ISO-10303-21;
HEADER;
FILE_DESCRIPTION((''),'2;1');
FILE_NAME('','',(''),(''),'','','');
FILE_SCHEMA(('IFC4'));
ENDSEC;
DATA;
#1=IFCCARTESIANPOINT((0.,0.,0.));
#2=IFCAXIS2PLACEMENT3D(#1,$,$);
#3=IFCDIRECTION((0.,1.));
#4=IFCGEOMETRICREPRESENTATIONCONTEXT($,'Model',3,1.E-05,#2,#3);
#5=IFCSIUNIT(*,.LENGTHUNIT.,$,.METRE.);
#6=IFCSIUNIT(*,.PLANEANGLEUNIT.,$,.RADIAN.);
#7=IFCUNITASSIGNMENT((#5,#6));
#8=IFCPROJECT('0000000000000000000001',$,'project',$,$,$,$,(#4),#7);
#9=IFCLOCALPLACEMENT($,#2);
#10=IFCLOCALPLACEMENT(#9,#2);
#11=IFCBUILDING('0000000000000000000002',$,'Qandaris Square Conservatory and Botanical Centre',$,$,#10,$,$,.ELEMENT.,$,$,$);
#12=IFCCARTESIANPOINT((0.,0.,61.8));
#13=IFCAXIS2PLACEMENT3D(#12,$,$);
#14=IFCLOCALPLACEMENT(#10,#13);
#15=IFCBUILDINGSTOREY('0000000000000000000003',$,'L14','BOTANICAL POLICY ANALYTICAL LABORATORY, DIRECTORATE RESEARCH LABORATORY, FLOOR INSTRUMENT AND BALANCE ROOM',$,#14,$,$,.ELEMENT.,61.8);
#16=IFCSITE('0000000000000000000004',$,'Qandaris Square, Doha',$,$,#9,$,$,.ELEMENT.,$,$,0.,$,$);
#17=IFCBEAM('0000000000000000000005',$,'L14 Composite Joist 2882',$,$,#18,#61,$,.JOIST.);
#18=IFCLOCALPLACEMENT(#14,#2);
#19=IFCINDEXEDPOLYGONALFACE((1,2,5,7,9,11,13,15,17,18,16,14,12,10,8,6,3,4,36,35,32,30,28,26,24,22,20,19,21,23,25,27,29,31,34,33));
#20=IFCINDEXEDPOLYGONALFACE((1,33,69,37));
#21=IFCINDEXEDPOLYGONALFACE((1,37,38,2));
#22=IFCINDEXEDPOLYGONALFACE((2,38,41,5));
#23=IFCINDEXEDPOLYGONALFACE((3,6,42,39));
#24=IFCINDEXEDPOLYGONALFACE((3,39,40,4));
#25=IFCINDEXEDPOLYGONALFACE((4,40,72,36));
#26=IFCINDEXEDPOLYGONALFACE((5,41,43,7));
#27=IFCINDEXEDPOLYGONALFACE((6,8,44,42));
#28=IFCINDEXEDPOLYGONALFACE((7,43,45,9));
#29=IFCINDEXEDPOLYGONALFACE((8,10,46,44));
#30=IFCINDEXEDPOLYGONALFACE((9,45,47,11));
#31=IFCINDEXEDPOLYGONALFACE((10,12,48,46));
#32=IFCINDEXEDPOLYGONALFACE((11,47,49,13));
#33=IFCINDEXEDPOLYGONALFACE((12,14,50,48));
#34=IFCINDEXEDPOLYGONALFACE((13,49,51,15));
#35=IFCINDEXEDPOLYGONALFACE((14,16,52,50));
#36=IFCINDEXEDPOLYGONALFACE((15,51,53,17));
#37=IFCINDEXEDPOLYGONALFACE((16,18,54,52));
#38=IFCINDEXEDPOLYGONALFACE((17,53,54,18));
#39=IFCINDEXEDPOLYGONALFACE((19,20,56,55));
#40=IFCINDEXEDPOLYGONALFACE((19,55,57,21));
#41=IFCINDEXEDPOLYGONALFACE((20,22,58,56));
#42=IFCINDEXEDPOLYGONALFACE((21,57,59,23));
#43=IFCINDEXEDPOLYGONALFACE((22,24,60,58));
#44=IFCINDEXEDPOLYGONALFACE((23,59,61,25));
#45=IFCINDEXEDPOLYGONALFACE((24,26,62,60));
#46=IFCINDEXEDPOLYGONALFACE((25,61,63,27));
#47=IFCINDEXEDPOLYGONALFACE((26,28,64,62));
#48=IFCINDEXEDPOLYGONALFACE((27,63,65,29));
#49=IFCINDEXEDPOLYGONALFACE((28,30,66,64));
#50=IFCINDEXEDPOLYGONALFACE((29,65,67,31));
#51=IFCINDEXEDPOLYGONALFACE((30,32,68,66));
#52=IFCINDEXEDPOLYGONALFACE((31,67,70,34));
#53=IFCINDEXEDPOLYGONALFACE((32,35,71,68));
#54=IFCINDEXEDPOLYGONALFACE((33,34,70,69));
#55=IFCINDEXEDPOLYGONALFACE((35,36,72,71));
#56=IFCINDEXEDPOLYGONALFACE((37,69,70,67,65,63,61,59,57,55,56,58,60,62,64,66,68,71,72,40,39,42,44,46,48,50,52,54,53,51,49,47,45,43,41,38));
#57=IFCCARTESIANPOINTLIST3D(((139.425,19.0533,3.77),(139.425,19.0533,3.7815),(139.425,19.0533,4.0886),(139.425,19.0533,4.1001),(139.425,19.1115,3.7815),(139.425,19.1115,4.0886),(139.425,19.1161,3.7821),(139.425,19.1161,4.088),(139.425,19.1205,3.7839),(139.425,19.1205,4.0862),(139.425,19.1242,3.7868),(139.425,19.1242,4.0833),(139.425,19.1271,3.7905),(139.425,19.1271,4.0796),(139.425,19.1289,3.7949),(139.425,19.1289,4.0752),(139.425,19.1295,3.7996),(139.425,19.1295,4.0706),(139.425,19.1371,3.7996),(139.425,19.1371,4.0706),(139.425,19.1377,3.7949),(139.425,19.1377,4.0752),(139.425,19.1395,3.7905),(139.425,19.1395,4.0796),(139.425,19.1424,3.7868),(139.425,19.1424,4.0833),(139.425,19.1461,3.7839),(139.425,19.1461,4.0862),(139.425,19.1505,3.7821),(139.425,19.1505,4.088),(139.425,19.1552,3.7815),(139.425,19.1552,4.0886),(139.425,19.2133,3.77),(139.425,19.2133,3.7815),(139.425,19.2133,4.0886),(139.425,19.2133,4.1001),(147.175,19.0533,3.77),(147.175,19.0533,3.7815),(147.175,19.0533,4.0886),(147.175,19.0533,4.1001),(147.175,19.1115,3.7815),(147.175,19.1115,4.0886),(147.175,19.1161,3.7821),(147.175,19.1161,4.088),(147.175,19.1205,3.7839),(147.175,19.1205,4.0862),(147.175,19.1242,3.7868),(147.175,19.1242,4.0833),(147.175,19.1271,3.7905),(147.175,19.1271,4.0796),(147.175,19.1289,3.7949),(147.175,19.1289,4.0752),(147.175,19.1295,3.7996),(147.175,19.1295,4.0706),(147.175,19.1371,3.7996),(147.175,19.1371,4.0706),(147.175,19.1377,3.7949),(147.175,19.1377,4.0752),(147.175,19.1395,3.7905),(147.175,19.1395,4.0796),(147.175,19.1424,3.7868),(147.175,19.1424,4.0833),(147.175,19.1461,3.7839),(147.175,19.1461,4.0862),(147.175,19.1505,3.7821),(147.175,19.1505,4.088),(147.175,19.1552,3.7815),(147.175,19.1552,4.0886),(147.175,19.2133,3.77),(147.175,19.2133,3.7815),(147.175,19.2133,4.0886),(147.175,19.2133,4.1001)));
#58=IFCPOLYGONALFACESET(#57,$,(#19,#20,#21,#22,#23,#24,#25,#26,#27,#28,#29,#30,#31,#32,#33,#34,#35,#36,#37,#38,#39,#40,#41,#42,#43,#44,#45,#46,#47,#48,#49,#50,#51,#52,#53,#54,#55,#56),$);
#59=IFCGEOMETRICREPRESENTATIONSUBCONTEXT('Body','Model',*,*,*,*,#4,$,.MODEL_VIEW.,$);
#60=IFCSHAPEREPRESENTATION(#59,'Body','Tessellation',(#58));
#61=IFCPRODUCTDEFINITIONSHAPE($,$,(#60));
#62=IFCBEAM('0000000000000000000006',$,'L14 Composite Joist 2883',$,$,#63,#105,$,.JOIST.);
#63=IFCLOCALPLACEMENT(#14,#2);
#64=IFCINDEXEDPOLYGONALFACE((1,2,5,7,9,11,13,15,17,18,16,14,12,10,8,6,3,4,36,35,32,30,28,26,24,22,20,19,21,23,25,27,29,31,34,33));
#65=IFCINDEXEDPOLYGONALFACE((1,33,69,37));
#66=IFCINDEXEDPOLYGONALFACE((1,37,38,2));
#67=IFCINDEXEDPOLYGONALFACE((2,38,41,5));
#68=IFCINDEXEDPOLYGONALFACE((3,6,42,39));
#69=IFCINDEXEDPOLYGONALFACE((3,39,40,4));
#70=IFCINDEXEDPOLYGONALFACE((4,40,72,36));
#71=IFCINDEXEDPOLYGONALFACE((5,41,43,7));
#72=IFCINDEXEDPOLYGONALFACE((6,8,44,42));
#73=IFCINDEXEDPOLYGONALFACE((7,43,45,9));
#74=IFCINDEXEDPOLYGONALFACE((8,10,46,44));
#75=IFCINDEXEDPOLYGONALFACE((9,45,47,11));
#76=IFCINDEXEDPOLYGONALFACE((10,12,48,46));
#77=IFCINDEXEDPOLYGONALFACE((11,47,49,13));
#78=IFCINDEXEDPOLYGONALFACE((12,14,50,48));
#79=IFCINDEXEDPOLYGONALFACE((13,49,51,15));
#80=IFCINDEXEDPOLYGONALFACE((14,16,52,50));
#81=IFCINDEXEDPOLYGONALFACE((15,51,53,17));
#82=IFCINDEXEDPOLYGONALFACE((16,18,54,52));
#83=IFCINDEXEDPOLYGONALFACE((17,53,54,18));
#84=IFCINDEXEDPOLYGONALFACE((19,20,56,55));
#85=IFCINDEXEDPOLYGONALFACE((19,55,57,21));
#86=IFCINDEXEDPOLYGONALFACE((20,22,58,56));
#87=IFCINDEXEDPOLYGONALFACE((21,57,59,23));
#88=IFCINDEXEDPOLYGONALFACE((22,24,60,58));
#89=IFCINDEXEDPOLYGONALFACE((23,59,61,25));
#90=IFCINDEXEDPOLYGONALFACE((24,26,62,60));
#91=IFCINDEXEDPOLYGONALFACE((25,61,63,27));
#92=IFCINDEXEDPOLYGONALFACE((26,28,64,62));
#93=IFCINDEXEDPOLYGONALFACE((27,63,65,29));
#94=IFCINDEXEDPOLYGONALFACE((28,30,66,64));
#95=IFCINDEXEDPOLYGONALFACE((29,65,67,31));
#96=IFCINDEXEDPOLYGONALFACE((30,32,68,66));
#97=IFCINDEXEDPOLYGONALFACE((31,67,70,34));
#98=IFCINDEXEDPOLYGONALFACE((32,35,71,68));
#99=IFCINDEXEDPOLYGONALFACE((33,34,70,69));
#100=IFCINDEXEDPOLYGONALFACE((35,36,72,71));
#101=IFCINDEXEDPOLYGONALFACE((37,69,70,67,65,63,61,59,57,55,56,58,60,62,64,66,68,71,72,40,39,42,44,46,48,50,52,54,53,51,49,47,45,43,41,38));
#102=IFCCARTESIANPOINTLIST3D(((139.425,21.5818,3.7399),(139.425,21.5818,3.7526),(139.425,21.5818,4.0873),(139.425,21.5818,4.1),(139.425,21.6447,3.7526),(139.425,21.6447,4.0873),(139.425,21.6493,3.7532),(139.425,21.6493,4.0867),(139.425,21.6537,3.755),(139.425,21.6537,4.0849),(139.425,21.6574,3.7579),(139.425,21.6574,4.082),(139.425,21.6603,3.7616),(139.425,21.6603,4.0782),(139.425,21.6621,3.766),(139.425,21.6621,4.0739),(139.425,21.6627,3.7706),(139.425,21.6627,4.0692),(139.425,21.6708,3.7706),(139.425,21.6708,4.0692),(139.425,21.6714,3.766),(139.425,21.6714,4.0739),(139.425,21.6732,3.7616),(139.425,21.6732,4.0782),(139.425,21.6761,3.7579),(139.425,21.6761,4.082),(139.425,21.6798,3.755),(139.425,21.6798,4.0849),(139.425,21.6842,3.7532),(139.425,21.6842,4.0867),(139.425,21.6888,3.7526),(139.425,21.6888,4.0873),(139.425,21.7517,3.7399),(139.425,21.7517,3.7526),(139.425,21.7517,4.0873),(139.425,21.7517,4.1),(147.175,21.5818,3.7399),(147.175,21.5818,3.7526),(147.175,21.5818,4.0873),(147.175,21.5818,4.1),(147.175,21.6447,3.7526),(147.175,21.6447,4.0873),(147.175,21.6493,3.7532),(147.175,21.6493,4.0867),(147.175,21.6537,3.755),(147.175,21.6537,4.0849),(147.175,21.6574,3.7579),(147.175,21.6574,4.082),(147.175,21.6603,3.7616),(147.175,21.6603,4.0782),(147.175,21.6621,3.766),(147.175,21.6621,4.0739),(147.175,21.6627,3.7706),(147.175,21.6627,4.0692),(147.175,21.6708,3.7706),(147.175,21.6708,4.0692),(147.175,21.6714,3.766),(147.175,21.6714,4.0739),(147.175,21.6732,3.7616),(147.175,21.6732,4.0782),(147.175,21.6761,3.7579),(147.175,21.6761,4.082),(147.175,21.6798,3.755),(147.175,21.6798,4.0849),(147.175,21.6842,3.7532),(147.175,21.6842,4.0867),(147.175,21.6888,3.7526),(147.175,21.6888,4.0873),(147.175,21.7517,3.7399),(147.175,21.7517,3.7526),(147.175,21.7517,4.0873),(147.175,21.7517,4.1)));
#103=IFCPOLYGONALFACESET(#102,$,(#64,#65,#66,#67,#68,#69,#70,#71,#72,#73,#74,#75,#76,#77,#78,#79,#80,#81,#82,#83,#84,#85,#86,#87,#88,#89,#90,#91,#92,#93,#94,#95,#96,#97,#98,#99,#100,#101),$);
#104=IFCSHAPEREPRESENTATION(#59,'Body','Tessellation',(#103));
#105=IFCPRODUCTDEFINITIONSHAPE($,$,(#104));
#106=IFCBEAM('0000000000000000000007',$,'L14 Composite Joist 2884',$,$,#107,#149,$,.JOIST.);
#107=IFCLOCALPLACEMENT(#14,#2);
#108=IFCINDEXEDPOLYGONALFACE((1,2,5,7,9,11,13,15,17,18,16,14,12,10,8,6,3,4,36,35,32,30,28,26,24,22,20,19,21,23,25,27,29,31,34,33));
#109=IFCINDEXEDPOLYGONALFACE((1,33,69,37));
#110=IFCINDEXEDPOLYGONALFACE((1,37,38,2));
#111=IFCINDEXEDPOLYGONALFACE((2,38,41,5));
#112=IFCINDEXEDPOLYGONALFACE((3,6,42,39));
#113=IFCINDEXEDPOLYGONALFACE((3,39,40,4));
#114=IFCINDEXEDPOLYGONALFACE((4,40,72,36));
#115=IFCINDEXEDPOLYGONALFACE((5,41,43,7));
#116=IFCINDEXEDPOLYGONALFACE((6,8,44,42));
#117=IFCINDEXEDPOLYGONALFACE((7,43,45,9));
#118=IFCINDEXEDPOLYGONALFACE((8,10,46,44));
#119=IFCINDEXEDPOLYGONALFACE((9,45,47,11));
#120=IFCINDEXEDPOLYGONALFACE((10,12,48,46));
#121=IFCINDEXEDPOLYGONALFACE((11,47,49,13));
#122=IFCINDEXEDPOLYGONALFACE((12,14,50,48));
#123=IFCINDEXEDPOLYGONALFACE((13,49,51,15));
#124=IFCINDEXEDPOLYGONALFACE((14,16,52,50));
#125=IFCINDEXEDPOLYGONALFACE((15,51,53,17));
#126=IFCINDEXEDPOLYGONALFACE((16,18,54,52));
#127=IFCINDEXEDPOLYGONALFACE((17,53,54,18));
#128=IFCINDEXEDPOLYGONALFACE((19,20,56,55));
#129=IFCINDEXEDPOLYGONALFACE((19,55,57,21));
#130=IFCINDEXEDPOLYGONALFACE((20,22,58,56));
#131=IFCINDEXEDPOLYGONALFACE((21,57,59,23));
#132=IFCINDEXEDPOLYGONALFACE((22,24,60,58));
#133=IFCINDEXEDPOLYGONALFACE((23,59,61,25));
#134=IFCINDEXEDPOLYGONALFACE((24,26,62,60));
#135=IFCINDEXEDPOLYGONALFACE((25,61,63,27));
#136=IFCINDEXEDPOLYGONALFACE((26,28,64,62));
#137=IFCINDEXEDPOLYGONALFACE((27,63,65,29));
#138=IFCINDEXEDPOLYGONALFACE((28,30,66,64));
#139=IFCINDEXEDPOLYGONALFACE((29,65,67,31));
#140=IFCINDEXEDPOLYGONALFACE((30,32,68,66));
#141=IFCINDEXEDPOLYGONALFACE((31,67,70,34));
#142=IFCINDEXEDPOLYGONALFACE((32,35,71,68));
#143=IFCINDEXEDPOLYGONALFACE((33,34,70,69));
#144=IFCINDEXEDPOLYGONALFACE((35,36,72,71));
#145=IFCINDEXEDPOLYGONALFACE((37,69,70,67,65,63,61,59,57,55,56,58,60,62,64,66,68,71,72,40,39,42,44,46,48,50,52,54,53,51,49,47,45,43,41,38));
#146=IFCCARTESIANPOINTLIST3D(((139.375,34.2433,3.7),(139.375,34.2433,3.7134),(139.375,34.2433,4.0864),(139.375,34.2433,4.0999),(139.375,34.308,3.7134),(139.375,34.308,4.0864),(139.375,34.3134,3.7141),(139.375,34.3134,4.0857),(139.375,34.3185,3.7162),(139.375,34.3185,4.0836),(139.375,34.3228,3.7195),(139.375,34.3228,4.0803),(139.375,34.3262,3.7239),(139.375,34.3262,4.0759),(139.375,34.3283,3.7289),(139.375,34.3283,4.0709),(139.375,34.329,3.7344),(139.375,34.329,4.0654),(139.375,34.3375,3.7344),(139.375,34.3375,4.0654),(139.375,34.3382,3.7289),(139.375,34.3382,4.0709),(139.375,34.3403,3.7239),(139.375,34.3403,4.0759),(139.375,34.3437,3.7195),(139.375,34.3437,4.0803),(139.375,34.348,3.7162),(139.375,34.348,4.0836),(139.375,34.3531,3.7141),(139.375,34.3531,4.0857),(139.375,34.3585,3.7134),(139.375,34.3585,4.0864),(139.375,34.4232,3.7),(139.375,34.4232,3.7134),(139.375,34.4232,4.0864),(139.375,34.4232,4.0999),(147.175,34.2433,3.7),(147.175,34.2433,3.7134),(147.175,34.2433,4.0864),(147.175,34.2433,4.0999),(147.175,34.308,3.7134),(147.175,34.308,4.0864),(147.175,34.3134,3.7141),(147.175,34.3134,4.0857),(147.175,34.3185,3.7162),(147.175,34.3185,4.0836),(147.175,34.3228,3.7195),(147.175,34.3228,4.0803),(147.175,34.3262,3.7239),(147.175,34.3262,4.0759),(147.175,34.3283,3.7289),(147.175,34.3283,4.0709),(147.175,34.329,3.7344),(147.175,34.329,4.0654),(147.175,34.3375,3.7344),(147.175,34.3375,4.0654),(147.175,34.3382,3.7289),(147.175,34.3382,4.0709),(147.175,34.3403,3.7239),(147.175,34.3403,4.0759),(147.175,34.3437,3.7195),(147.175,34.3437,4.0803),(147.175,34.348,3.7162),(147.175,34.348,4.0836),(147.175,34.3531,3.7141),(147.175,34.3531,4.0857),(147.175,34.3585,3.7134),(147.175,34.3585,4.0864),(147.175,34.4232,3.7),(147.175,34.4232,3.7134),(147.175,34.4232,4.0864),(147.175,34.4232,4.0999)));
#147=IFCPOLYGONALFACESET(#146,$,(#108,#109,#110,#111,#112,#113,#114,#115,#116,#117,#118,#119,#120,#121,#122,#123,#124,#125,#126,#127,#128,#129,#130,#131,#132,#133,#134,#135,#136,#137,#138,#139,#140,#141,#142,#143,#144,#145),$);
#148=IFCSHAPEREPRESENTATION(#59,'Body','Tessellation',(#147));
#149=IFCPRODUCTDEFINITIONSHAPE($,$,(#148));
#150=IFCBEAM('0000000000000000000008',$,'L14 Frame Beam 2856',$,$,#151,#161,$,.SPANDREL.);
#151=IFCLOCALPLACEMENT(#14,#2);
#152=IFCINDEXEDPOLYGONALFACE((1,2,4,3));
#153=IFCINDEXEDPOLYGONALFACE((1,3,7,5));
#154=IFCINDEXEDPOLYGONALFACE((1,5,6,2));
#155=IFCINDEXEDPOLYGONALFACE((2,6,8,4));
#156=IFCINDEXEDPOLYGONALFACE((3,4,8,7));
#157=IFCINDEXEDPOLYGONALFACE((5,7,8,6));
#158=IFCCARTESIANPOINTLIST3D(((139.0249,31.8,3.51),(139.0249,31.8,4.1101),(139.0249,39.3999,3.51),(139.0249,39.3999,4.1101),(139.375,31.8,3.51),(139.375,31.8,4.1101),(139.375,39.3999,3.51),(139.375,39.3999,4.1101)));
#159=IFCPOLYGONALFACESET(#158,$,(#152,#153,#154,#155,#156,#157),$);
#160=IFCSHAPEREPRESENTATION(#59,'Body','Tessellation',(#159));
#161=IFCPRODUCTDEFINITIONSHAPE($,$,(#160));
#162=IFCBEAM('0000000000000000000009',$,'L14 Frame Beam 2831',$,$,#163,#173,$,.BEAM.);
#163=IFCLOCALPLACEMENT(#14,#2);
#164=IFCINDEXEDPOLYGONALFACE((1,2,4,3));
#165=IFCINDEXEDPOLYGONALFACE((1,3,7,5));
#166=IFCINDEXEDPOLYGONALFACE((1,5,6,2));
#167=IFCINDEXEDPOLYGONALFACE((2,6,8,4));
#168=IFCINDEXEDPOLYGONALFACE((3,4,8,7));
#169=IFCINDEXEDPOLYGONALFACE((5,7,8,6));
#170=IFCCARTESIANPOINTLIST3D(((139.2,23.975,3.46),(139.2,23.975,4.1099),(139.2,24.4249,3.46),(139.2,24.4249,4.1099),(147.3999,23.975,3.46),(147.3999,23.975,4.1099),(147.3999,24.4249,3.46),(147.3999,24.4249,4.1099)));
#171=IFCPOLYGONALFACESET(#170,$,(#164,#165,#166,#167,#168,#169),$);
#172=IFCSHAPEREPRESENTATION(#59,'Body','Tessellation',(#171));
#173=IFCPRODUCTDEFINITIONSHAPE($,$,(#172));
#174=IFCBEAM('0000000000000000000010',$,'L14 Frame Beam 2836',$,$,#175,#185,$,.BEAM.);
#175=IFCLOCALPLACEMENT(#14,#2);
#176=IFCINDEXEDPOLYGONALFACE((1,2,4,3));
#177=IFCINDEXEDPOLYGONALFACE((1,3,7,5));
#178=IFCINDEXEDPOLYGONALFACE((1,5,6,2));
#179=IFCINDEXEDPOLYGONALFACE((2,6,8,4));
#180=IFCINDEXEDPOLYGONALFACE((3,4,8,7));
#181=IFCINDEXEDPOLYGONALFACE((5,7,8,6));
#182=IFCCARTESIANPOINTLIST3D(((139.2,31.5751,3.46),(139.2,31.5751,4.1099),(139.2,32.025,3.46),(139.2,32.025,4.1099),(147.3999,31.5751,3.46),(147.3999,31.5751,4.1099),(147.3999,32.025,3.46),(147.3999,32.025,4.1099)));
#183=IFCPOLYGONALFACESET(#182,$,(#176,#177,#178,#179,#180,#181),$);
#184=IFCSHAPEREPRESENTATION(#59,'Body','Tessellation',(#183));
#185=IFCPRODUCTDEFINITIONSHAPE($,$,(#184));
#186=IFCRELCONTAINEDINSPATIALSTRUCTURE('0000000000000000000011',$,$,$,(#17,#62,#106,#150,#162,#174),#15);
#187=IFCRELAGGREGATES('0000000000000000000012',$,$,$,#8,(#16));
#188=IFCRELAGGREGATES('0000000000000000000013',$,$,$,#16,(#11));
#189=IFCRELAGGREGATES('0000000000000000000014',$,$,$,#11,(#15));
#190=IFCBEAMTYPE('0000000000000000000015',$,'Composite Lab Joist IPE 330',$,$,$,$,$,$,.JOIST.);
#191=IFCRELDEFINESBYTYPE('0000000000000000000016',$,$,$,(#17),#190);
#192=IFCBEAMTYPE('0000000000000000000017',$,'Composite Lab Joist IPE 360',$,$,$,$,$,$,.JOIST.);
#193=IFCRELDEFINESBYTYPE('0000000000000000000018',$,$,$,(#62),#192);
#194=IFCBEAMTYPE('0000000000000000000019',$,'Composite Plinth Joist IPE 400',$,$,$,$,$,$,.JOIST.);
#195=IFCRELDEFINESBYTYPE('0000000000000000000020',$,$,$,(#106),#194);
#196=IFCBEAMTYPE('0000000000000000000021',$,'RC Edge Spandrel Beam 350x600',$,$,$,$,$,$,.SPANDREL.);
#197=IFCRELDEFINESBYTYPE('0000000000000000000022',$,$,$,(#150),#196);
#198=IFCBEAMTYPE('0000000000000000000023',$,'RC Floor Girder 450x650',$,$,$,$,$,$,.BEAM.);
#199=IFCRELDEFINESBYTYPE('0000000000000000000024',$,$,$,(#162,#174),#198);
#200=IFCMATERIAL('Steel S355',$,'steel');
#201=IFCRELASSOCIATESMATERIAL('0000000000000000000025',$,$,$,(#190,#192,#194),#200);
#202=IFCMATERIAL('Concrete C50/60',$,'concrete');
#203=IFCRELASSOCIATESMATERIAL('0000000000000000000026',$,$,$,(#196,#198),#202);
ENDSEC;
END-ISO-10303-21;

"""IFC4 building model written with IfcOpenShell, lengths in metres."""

from ifc_helpers import new_model, si_unit, direction, frame, origin, origin_2d, place, context, subcontext, project, spatial, rectangle, i_section, extrude, material, material_profile, profile_set, type_object, element, save


model = new_model("IFC4")

# Units and contexts
model_context = context("Model", 3, precision=1e-05, world=origin(), true_north=direction((0.0, 1.0)))
body_context = subcontext(model_context, "Body", "Model", "MODEL_VIEW")
ifc_project = project(units=[si_unit("LENGTHUNIT", "METRE"), si_unit("PLANEANGLEUNIT", "RADIAN")], contexts=[model_context])

# Site, building, storey
site_placement = place(None, origin())
site = spatial("IfcSite", under=ifc_project, at=site_placement, Name="Qandaris Square, Doha", CompositionType="ELEMENT", RefElevation=0.0)
building_placement = place(site_placement, origin())
building = spatial("IfcBuilding", under=site, at=building_placement, Name="Qandaris Square Conservatory and Botanical Centre", CompositionType="ELEMENT")
storey_placement = place(building_placement, frame((0.0, 0.0, 61.8)))
storey = spatial("IfcBuildingStorey", under=building, at=storey_placement, Name="L14", Description="BOTANICAL POLICY ANALYTICAL LABORATORY, DIRECTORATE RESEARCH LABORATORY, FLOOR INSTRUMENT AND BALANCE ROOM", CompositionType="ELEMENT", Elevation=61.8)

# Beams
ifc_material_1 = material(Name="Steel S355", Category="steel")
ifc_material_profile_1 = material_profile(ifc_material_1, i_section(OverallWidth=0.1599, OverallDepth=0.3301, WebThickness=0.0076, FlangeThickness=0.0115, FilletRadius=0.0181, at=origin_2d()), Name="IPE 330")
ifc_profile_set_1 = profile_set([ifc_material_profile_1], Name="Steel S355")
beam_type_1 = type_object("IfcBeamType", Name="Composite Lab Joist IPE 330", PredefinedType="JOIST", material=ifc_profile_set_1)
beam_1_placement = place(storey_placement, frame((139.425, 19.1333, 3.9351), z_axis=(1.0, 0.0, 0.0), x_axis=(0.0, 1.0, 0.0)))
element("IfcBeam", 1, at=beam_1_placement, inside=storey, type_object=beam_type_1, Name="L14 Composite Joist 2882", PredefinedType="JOIST", context=body_context, shape_type="SweptSolid", body=[
    extrude(i_section(OverallWidth=0.1599, OverallDepth=0.3301, WebThickness=0.0076, FlangeThickness=0.0115, FilletRadius=0.0181, at=origin_2d()), origin(), (0.0, 0.0, 1.0), 7.75),
])
ifc_material_profile_2 = material_profile(ifc_material_1, i_section(OverallWidth=0.1699, OverallDepth=0.3601, WebThickness=0.0081, FlangeThickness=0.0127, FilletRadius=0.0181, at=origin_2d()), Name="IPE 360")
ifc_profile_set_2 = profile_set([ifc_material_profile_2], Name="Steel S355")
beam_type_2 = type_object("IfcBeamType", Name="Composite Lab Joist IPE 360", PredefinedType="JOIST", material=ifc_profile_set_2)
beam_2_placement = place(storey_placement, frame((139.425, 21.6667, 3.9199), z_axis=(1.0, 0.0, 0.0), x_axis=(0.0, 1.0, 0.0)))
element("IfcBeam", 2, at=beam_2_placement, inside=storey, type_object=beam_type_2, Name="L14 Composite Joist 2883", PredefinedType="JOIST", context=body_context, shape_type="SweptSolid", body=[
    extrude(i_section(OverallWidth=0.1699, OverallDepth=0.3601, WebThickness=0.0081, FlangeThickness=0.0127, FilletRadius=0.0181, at=origin_2d()), origin(), (0.0, 0.0, 1.0), 7.75),
])
ifc_material_profile_3 = material_profile(ifc_material_1, i_section(OverallWidth=0.1799, OverallDepth=0.3999, WebThickness=0.0085, FlangeThickness=0.0134, FilletRadius=0.021, at=origin_2d()), Name="IPE 400")
ifc_profile_set_3 = profile_set([ifc_material_profile_3], Name="Steel S355")
beam_type_3 = type_object("IfcBeamType", Name="Composite Plinth Joist IPE 400", PredefinedType="JOIST", material=ifc_profile_set_3)
beam_3_placement = place(storey_placement, frame((139.375, 34.3333, 3.8999), z_axis=(1.0, 0.0, 0.0), x_axis=(0.0, 1.0, 0.0)))
element("IfcBeam", 3, at=beam_3_placement, inside=storey, type_object=beam_type_3, Name="L14 Composite Joist 2884", PredefinedType="JOIST", context=body_context, shape_type="SweptSolid", body=[
    extrude(i_section(OverallWidth=0.1799, OverallDepth=0.3999, WebThickness=0.0085, FlangeThickness=0.0134, FilletRadius=0.021, at=origin_2d()), origin(), (0.0, 0.0, 1.0), 7.8),
])
ifc_material_2 = material(Name="Concrete C50/60", Category="concrete")
ifc_material_profile_4 = material_profile(ifc_material_2, rectangle(XDim=0.3501, YDim=0.6001, at=origin_2d()), Name="RC-SP 350x600")
ifc_profile_set_4 = profile_set([ifc_material_profile_4], Name="Concrete C50/60")
beam_type_4 = type_object("IfcBeamType", Name="RC Edge Spandrel Beam 350x600", PredefinedType="SPANDREL", material=ifc_profile_set_4)
beam_4_placement = place(storey_placement, frame((139.2, 31.8, 3.8101), z_axis=(0.0, 1.0, 0.0), x_axis=(-1.0, 0.0, 0.0)))
element("IfcBeam", 4, at=beam_4_placement, inside=storey, type_object=beam_type_4, Name="L14 Frame Beam 2856", PredefinedType="SPANDREL", context=body_context, shape_type="SweptSolid", body=[
    extrude(rectangle(XDim=0.3501, YDim=0.6001, at=origin_2d()), origin(), (0.0, 0.0, 1.0), 7.5999),
])
ifc_material_profile_5 = material_profile(ifc_material_2, rectangle(XDim=0.45, YDim=0.6499, at=origin_2d()), Name="RC-BM 450x650")
ifc_profile_set_5 = profile_set([ifc_material_profile_5], Name="Concrete C50/60")
beam_type_5 = type_object("IfcBeamType", Name="RC Floor Girder 450x650", PredefinedType="BEAM", material=ifc_profile_set_5)
for number, where, z_axis, x_axis, name in (
    (5, (139.2, 24.2, 3.7849), (1.0, 0.0, 0.0), (0.0, 1.0, 0.0), "L14 Frame Beam 2831"),
    (6, (139.2, 31.8, 3.7849), (1.0, 0.0, 0.0), (0.0, 1.0, 0.0), "L14 Frame Beam 2836"),
):
    element("IfcBeam", number, at=place(storey_placement, frame(where, z_axis=z_axis, x_axis=x_axis)), inside=storey, type_object=beam_type_5, Name=name, PredefinedType="BEAM", context=body_context, shape_type="SweptSolid", body=[
        extrude(rectangle(XDim=0.45, YDim=0.6499, at=origin_2d()), origin(), (0.0, 0.0, 1.0), 8.2),
    ])

save(model, "model.ifc")
